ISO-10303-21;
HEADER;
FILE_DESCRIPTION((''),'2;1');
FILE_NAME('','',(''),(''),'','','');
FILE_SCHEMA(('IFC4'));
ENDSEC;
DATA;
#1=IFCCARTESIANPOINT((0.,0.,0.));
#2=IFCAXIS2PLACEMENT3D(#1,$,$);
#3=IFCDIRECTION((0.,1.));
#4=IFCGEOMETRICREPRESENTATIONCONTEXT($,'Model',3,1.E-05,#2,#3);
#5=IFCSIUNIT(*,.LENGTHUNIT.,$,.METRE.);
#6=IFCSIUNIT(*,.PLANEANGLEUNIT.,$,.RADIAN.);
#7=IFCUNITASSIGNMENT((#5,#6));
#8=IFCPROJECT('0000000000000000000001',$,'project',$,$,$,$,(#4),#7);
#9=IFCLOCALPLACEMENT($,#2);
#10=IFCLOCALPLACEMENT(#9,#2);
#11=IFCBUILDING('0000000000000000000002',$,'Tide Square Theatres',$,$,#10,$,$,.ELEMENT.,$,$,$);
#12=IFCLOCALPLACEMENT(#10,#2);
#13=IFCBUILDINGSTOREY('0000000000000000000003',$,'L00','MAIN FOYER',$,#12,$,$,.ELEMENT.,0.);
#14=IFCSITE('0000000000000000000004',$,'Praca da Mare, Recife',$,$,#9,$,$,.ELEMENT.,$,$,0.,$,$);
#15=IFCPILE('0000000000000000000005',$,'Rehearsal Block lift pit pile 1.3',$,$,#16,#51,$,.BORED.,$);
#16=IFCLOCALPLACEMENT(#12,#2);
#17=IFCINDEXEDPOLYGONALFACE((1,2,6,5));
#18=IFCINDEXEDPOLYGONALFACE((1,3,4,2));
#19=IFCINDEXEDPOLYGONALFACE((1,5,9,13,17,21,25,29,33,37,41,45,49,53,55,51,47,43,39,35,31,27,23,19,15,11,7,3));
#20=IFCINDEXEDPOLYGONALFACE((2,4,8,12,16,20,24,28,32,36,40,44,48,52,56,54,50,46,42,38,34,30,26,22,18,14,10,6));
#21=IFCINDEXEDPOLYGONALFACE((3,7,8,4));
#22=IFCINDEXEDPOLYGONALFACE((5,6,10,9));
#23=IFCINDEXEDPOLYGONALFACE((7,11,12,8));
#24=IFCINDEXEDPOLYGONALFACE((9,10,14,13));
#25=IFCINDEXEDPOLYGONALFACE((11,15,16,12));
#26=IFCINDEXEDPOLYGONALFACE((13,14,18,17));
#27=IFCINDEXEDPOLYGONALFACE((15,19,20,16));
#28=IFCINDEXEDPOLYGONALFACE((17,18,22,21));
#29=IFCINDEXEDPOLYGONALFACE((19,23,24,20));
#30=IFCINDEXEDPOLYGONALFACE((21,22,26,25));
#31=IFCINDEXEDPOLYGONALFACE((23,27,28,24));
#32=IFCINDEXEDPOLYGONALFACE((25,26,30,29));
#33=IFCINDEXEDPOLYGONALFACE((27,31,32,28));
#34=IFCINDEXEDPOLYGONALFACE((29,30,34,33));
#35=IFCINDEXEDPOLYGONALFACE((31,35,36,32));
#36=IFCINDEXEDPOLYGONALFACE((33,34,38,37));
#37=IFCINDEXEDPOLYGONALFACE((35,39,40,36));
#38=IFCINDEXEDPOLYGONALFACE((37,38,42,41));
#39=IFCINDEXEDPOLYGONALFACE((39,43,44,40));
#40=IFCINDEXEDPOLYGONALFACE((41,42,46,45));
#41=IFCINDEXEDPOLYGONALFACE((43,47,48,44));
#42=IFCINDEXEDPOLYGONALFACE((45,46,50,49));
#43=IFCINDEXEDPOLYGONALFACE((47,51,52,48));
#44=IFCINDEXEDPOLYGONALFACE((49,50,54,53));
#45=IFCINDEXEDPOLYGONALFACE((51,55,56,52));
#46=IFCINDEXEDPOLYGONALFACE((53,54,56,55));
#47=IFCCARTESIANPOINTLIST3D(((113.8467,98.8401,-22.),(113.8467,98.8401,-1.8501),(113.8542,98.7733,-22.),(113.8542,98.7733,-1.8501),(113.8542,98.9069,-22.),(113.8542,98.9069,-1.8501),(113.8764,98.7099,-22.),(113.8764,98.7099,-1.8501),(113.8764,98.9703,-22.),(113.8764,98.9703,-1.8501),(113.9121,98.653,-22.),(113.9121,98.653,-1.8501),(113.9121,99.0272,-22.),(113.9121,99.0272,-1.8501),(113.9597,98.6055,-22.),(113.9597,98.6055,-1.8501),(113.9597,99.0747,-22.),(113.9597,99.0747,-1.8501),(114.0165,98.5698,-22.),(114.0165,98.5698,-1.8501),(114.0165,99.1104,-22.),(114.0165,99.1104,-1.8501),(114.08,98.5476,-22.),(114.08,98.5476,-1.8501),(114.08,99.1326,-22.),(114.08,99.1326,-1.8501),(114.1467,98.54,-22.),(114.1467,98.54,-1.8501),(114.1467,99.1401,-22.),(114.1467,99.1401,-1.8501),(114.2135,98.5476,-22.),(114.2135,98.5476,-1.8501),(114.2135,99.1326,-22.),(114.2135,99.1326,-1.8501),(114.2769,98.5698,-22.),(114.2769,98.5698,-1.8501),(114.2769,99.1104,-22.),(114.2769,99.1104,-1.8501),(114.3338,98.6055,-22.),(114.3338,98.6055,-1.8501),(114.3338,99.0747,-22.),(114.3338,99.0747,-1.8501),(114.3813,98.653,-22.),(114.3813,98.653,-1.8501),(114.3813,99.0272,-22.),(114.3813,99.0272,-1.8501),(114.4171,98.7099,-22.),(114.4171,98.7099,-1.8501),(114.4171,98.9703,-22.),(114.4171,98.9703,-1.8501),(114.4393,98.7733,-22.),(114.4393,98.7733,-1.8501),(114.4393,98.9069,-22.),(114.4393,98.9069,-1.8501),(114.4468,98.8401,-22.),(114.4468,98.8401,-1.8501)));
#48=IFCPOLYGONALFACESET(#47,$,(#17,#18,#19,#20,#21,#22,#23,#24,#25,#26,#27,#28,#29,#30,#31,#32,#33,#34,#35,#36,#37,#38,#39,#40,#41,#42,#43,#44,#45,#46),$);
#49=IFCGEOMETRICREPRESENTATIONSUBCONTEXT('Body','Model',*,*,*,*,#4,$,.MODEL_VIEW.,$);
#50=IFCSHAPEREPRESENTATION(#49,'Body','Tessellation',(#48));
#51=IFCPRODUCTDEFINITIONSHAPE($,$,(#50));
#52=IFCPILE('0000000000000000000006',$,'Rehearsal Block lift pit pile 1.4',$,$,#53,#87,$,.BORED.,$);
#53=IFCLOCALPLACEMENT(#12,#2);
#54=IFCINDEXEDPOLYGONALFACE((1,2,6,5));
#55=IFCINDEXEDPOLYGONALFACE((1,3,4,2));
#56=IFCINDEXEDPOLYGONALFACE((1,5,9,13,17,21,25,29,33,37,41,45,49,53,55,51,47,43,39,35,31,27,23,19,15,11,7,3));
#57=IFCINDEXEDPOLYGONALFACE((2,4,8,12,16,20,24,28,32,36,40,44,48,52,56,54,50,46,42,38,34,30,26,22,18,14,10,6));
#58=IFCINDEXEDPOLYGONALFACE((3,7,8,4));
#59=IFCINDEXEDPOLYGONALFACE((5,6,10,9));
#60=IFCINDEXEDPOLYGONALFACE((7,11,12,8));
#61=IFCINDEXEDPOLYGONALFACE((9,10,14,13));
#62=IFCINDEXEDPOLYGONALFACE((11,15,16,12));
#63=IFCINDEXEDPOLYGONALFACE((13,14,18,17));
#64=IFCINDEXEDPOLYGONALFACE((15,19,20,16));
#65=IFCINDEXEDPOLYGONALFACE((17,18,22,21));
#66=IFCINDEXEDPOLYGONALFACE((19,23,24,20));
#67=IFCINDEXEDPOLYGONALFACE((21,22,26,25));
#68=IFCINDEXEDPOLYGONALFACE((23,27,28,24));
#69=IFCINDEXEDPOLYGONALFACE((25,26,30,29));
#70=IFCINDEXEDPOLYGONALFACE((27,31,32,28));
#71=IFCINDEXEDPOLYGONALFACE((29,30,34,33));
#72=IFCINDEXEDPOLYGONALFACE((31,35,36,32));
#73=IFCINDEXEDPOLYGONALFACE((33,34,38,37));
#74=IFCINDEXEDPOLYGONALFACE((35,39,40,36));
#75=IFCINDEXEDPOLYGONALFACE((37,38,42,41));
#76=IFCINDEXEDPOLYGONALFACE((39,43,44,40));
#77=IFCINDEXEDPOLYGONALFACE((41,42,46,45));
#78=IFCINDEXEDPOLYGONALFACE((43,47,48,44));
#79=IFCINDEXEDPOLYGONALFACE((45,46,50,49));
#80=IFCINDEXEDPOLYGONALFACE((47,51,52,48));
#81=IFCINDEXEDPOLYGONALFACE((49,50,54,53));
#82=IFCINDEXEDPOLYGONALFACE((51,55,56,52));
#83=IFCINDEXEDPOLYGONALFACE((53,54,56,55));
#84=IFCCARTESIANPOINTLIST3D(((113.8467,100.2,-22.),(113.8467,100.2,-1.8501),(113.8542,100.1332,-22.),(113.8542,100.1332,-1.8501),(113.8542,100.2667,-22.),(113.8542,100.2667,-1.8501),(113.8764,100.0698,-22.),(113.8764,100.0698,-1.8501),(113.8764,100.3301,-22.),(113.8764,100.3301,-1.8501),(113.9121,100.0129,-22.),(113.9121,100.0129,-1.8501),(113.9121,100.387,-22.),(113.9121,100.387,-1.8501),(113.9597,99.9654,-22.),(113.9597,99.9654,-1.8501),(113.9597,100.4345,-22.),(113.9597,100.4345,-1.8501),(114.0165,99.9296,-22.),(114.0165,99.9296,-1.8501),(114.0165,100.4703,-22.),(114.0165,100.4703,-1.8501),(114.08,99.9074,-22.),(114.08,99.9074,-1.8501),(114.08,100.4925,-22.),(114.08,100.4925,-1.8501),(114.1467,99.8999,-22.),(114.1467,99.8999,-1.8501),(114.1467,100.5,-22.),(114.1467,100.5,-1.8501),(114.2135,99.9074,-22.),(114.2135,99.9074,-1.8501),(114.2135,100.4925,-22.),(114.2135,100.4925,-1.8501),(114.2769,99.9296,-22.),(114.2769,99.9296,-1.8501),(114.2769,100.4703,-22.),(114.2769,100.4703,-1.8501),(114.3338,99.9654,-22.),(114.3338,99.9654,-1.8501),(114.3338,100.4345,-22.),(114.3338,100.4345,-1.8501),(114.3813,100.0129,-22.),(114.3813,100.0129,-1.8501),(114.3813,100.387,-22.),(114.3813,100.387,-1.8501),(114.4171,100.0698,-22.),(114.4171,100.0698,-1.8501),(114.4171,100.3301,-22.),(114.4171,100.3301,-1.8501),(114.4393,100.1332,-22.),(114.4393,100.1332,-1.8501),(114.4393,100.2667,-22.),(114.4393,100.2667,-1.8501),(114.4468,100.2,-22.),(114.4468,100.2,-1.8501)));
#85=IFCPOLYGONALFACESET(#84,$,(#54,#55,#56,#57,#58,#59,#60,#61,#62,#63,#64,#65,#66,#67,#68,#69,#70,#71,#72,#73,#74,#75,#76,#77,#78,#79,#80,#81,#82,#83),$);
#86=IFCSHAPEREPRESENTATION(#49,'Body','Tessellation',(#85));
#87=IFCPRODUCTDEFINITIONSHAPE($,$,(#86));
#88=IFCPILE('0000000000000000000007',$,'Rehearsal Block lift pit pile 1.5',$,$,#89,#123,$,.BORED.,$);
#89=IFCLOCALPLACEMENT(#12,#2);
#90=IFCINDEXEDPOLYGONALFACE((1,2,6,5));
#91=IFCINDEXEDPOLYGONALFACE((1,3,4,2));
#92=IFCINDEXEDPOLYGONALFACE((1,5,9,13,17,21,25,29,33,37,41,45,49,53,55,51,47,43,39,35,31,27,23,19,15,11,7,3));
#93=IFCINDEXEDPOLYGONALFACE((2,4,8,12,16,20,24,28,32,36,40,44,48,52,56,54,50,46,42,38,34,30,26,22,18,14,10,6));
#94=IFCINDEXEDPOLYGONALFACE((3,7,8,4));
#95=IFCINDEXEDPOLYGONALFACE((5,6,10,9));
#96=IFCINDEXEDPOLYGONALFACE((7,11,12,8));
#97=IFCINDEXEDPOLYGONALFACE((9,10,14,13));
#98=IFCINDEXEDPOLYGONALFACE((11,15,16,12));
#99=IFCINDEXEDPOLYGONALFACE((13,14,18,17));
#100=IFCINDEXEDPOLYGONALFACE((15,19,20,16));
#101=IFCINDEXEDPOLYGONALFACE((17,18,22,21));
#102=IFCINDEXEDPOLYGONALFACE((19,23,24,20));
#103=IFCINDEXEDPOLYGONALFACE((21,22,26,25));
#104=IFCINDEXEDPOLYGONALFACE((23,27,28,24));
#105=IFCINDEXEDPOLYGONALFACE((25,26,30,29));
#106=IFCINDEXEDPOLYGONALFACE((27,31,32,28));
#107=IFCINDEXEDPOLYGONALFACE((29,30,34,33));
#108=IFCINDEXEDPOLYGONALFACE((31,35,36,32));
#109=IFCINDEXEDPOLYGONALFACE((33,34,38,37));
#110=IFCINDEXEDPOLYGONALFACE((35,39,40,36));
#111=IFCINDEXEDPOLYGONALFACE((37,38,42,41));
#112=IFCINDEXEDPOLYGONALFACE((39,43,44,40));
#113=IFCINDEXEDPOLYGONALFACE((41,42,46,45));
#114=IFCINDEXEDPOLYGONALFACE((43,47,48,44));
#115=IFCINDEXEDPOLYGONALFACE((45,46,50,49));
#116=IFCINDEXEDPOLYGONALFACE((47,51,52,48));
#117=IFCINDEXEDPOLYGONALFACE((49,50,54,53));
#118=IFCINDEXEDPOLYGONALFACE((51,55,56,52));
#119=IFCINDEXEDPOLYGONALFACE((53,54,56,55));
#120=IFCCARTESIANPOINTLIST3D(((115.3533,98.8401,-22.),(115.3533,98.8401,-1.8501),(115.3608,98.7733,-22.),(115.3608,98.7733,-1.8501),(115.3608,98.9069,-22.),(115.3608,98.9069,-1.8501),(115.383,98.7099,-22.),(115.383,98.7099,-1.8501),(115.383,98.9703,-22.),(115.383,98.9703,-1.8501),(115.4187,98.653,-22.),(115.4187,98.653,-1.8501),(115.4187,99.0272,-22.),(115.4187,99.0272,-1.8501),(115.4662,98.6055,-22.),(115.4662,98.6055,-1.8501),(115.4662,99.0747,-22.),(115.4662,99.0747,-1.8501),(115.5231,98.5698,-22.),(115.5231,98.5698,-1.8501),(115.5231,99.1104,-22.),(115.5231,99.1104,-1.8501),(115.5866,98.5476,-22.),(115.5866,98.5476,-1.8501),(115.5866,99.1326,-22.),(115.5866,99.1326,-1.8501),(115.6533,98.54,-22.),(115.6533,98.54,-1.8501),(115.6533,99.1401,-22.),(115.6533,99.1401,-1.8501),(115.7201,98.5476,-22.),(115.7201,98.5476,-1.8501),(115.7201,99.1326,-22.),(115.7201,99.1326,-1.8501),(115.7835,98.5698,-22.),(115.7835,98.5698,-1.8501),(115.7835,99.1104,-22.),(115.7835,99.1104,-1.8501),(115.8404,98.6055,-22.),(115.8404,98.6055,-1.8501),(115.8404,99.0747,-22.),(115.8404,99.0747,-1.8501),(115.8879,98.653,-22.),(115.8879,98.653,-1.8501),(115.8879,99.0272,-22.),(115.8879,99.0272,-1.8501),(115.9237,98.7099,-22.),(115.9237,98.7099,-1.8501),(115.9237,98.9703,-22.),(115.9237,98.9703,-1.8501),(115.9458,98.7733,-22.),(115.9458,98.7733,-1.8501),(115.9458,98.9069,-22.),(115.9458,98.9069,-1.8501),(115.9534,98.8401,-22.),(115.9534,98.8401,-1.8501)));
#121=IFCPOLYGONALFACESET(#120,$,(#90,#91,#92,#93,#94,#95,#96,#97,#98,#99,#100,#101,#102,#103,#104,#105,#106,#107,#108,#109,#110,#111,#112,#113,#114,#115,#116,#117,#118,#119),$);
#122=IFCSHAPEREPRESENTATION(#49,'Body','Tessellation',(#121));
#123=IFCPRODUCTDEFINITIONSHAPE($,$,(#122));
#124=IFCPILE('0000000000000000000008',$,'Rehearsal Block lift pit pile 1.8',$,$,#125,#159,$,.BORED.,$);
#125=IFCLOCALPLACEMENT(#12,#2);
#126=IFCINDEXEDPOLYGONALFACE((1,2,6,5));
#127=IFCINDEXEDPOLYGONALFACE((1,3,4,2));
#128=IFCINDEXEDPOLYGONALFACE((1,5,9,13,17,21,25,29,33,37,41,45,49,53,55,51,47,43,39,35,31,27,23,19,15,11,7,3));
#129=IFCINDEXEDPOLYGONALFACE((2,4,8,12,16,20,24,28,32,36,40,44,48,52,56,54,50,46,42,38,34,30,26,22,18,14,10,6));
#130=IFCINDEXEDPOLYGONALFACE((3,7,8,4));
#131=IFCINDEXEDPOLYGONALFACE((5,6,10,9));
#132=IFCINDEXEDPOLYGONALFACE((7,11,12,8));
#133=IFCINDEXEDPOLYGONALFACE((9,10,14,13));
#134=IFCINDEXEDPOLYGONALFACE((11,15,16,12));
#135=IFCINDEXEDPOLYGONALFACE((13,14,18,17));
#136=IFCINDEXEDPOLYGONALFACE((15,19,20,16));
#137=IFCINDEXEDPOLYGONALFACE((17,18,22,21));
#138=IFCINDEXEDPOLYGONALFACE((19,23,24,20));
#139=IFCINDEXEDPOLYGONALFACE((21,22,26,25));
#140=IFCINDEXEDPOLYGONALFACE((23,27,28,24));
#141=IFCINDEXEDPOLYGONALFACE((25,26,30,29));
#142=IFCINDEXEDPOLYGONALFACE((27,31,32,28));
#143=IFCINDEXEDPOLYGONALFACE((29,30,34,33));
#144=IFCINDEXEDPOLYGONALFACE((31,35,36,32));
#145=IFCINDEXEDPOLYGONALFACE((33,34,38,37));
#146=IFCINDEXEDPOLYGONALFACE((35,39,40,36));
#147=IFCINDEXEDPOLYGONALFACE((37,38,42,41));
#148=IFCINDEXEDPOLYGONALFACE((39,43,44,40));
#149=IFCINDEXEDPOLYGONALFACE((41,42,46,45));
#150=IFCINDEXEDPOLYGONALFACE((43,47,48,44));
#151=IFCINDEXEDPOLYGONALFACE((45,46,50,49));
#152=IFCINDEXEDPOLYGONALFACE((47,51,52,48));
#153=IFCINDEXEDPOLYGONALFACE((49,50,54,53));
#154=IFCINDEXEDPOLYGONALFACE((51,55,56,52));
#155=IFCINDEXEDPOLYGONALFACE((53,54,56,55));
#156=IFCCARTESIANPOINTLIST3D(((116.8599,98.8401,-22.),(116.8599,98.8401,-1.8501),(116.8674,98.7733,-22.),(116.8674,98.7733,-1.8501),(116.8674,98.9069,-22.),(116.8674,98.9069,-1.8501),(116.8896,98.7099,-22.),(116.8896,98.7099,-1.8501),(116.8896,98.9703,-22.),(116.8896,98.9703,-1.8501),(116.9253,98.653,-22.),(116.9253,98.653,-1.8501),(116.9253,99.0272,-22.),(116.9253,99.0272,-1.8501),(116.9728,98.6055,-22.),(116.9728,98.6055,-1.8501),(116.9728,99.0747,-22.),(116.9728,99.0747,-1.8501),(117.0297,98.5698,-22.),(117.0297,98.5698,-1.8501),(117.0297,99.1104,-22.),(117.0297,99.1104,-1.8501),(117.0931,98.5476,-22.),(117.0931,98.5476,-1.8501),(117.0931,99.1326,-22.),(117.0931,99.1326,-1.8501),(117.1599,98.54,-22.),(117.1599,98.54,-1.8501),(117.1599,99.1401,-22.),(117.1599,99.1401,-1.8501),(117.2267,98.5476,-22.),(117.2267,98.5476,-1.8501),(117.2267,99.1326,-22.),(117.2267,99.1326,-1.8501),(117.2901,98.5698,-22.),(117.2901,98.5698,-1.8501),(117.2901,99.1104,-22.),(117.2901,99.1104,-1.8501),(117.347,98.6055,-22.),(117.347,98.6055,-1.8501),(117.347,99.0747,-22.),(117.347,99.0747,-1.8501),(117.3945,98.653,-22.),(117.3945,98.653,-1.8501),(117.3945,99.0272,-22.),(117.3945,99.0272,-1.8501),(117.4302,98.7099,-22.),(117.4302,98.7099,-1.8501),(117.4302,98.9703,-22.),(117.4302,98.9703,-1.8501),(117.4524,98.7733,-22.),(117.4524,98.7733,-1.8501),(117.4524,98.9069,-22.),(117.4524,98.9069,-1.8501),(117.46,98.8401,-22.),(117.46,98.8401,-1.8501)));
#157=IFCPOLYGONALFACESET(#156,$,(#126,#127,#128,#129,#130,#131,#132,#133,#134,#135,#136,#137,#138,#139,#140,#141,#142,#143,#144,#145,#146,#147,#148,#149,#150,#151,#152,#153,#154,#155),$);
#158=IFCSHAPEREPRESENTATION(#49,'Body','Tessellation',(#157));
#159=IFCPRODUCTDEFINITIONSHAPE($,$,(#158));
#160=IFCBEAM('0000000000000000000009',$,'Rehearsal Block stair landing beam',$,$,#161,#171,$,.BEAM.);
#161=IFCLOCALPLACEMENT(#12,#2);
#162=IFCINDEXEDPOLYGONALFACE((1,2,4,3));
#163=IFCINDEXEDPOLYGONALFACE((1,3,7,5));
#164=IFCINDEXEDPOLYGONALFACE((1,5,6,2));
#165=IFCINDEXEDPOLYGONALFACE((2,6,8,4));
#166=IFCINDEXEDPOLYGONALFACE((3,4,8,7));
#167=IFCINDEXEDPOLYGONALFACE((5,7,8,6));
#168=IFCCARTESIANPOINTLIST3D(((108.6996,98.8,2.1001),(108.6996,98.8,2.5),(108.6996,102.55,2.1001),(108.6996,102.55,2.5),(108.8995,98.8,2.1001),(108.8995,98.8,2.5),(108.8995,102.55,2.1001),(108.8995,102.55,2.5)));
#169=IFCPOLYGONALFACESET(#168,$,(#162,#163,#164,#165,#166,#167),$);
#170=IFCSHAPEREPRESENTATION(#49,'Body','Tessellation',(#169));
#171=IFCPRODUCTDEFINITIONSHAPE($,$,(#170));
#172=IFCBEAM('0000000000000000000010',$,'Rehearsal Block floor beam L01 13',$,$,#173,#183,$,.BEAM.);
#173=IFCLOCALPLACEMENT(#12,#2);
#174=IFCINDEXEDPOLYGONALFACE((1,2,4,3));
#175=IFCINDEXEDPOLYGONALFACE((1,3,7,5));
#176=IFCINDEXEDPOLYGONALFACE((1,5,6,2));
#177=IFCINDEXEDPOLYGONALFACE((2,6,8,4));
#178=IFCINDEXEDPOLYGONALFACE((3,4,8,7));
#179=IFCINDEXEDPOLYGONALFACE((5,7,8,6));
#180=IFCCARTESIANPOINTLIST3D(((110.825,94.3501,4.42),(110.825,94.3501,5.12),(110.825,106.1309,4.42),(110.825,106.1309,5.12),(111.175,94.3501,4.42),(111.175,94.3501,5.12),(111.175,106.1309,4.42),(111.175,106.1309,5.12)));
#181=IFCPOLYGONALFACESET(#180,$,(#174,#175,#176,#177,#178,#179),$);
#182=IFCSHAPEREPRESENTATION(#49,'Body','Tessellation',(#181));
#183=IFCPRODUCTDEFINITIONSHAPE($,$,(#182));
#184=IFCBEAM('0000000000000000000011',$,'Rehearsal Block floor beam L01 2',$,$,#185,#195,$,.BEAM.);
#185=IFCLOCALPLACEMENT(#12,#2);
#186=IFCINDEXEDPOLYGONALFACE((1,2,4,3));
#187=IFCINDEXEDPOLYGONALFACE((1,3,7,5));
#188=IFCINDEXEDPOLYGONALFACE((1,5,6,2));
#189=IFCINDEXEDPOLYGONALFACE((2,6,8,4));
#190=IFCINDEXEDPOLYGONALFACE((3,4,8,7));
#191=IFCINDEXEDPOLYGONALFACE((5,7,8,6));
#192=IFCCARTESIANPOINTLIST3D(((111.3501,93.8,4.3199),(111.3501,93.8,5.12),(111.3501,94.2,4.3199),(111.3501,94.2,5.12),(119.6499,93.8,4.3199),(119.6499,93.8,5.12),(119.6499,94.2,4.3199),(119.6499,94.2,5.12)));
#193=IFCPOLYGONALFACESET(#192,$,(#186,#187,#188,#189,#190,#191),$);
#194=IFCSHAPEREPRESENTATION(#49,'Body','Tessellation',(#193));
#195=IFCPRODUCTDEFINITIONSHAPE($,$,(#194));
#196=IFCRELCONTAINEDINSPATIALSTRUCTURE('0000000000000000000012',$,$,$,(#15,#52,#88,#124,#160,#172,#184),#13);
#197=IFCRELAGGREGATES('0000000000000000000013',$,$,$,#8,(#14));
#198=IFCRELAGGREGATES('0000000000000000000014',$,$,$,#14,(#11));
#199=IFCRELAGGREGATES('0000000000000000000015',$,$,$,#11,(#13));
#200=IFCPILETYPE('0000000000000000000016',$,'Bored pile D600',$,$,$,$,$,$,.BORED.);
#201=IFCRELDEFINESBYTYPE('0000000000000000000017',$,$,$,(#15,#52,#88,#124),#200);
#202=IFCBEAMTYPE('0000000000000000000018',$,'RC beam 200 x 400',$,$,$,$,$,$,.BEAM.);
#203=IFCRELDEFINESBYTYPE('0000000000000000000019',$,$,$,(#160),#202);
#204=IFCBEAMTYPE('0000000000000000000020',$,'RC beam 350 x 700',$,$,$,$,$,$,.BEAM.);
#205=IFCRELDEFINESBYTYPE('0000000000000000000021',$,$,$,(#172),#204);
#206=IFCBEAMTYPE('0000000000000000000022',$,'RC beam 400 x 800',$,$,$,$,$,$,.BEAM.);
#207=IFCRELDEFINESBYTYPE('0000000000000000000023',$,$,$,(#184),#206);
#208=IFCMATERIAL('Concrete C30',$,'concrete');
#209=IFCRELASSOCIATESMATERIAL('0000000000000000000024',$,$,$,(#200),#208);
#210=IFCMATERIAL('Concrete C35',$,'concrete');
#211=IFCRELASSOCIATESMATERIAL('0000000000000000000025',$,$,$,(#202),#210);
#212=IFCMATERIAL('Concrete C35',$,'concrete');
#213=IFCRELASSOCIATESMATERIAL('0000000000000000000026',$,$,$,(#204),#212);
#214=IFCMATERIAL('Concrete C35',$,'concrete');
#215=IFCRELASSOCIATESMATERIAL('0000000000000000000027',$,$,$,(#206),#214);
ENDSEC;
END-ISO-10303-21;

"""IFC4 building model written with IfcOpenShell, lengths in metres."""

from ifc_helpers import new_model, si_unit, direction, frame, origin, origin_2d, place, context, subcontext, project, spatial, rectangle, circle, extrude, material, material_profile, profile_set, type_object, element, save


model = new_model("IFC4")

# Units and contexts
model_context = context("Model", 3, precision=1e-05, world=origin(), true_north=direction((0.0, 1.0)))
body_context = subcontext(model_context, "Body", "Model", "MODEL_VIEW")
ifc_project = project(units=[si_unit("LENGTHUNIT", "METRE"), si_unit("PLANEANGLEUNIT", "RADIAN")], contexts=[model_context])

# Site, building, storey
site_placement = place(None, origin())
site = spatial("IfcSite", under=ifc_project, at=site_placement, Name="Praca da Mare, Recife", CompositionType="ELEMENT", RefElevation=0.0)
building_placement = place(site_placement, origin())
building = spatial("IfcBuilding", under=site, at=building_placement, Name="Tide Square Theatres", CompositionType="ELEMENT")
storey_placement = place(building_placement, origin())
storey = spatial("IfcBuildingStorey", under=building, at=storey_placement, Name="L00", Description="MAIN FOYER", CompositionType="ELEMENT", Elevation=0.0)

# Piles
ifc_material_1 = material(Name="Concrete C30", Category="concrete")
ifc_material_profile_1 = material_profile(ifc_material_1, circle(Radius=0.3, at=origin_2d()))
ifc_profile_set_1 = profile_set([ifc_material_profile_1], Name="Concrete C30")
pile_type = type_object("IfcPileType", Name="Bored pile D600", PredefinedType="BORED", material=ifc_profile_set_1)
for number, where, z_axis, x_axis, name in (
    (1, (114.1467, 98.8401, -1.8501), (0.0, 0.0, -1.0), (1.0, 0.0, 0.0), "Rehearsal Block lift pit pile 1.3"),
    (2, (114.1467, 100.2, -1.8501), (0.0, 0.0, -1.0), (1.0, 0.0, 0.0), "Rehearsal Block lift pit pile 1.4"),
    (3, (115.6533, 98.8401, -1.8501), (0.0, 0.0, -1.0), (1.0, 0.0, 0.0), "Rehearsal Block lift pit pile 1.5"),
    (4, (117.1599, 98.8401, -1.8501), (0.0, 0.0, -1.0), (1.0, 0.0, 0.0), "Rehearsal Block lift pit pile 1.8"),
):
    element("IfcPile", number, at=place(storey_placement, frame(where, z_axis=z_axis, x_axis=x_axis)), inside=storey, type_object=pile_type, Name=name, PredefinedType="BORED", context=body_context, shape_type="SweptSolid", body=[
        extrude(circle(Radius=0.3, at=origin_2d()), origin(), (0.0, 0.0, 1.0), 20.1499),
    ])

# Beams
ifc_material_2 = material(Name="Concrete C35", Category="concrete")
ifc_material_profile_2 = material_profile(ifc_material_2, rectangle(XDim=0.2, YDim=0.3999, at=origin_2d()))
ifc_profile_set_2 = profile_set([ifc_material_profile_2], Name="Concrete C35")
beam_type_1 = type_object("IfcBeamType", Name="RC beam 200 x 400", PredefinedType="BEAM", material=ifc_profile_set_2)
beam_1_placement = place(storey_placement, frame((108.7996, 98.8, 2.3), z_axis=(0.0, 1.0, 0.0), x_axis=(-1.0, 0.0, 0.0)))
element("IfcBeam", 5, at=beam_1_placement, inside=storey, type_object=beam_type_1, Name="Rehearsal Block stair landing beam", PredefinedType="BEAM", context=body_context, shape_type="SweptSolid", body=[
    extrude(rectangle(XDim=0.2, YDim=0.3999, at=origin_2d()), origin(), (0.0, 0.0, 1.0), 3.75),
])
ifc_material_3 = material(Name="Concrete C35", Category="concrete")
ifc_material_profile_3 = material_profile(ifc_material_3, rectangle(XDim=0.3501, YDim=0.7, at=origin_2d()))
ifc_profile_set_3 = profile_set([ifc_material_profile_3], Name="Concrete C35")
beam_type_2 = type_object("IfcBeamType", Name="RC beam 350 x 700", PredefinedType="BEAM", material=ifc_profile_set_3)
beam_2_placement = place(storey_placement, frame((111.0, 94.3501, 4.77), z_axis=(0.0, 1.0, 0.0), x_axis=(-1.0, 0.0, 0.0)))
element("IfcBeam", 6, at=beam_2_placement, inside=storey, type_object=beam_type_2, Name="Rehearsal Block floor beam L01 13", PredefinedType="BEAM", context=body_context, shape_type="SweptSolid", body=[
    extrude(rectangle(XDim=0.3501, YDim=0.7, at=origin_2d()), origin(), (0.0, 0.0, 1.0), 11.7808),
])
ifc_material_4 = material(Name="Concrete C35", Category="concrete")
ifc_material_profile_4 = material_profile(ifc_material_4, rectangle(XDim=0.3999, YDim=0.8, at=origin_2d()))
ifc_profile_set_4 = profile_set([ifc_material_profile_4], Name="Concrete C35")
beam_type_3 = type_object("IfcBeamType", Name="RC beam 400 x 800", PredefinedType="BEAM", material=ifc_profile_set_4)
beam_3_placement = place(storey_placement, frame((111.3501, 94.0, 4.72), z_axis=(1.0, 0.0, 0.0), x_axis=(0.0, 1.0, 0.0)))
element("IfcBeam", 7, at=beam_3_placement, inside=storey, type_object=beam_type_3, Name="Rehearsal Block floor beam L01 2", PredefinedType="BEAM", context=body_context, shape_type="SweptSolid", body=[
    extrude(rectangle(XDim=0.3999, YDim=0.8, at=origin_2d()), origin(), (0.0, 0.0, 1.0), 8.2998),
])

save(model, "model.ifc")
